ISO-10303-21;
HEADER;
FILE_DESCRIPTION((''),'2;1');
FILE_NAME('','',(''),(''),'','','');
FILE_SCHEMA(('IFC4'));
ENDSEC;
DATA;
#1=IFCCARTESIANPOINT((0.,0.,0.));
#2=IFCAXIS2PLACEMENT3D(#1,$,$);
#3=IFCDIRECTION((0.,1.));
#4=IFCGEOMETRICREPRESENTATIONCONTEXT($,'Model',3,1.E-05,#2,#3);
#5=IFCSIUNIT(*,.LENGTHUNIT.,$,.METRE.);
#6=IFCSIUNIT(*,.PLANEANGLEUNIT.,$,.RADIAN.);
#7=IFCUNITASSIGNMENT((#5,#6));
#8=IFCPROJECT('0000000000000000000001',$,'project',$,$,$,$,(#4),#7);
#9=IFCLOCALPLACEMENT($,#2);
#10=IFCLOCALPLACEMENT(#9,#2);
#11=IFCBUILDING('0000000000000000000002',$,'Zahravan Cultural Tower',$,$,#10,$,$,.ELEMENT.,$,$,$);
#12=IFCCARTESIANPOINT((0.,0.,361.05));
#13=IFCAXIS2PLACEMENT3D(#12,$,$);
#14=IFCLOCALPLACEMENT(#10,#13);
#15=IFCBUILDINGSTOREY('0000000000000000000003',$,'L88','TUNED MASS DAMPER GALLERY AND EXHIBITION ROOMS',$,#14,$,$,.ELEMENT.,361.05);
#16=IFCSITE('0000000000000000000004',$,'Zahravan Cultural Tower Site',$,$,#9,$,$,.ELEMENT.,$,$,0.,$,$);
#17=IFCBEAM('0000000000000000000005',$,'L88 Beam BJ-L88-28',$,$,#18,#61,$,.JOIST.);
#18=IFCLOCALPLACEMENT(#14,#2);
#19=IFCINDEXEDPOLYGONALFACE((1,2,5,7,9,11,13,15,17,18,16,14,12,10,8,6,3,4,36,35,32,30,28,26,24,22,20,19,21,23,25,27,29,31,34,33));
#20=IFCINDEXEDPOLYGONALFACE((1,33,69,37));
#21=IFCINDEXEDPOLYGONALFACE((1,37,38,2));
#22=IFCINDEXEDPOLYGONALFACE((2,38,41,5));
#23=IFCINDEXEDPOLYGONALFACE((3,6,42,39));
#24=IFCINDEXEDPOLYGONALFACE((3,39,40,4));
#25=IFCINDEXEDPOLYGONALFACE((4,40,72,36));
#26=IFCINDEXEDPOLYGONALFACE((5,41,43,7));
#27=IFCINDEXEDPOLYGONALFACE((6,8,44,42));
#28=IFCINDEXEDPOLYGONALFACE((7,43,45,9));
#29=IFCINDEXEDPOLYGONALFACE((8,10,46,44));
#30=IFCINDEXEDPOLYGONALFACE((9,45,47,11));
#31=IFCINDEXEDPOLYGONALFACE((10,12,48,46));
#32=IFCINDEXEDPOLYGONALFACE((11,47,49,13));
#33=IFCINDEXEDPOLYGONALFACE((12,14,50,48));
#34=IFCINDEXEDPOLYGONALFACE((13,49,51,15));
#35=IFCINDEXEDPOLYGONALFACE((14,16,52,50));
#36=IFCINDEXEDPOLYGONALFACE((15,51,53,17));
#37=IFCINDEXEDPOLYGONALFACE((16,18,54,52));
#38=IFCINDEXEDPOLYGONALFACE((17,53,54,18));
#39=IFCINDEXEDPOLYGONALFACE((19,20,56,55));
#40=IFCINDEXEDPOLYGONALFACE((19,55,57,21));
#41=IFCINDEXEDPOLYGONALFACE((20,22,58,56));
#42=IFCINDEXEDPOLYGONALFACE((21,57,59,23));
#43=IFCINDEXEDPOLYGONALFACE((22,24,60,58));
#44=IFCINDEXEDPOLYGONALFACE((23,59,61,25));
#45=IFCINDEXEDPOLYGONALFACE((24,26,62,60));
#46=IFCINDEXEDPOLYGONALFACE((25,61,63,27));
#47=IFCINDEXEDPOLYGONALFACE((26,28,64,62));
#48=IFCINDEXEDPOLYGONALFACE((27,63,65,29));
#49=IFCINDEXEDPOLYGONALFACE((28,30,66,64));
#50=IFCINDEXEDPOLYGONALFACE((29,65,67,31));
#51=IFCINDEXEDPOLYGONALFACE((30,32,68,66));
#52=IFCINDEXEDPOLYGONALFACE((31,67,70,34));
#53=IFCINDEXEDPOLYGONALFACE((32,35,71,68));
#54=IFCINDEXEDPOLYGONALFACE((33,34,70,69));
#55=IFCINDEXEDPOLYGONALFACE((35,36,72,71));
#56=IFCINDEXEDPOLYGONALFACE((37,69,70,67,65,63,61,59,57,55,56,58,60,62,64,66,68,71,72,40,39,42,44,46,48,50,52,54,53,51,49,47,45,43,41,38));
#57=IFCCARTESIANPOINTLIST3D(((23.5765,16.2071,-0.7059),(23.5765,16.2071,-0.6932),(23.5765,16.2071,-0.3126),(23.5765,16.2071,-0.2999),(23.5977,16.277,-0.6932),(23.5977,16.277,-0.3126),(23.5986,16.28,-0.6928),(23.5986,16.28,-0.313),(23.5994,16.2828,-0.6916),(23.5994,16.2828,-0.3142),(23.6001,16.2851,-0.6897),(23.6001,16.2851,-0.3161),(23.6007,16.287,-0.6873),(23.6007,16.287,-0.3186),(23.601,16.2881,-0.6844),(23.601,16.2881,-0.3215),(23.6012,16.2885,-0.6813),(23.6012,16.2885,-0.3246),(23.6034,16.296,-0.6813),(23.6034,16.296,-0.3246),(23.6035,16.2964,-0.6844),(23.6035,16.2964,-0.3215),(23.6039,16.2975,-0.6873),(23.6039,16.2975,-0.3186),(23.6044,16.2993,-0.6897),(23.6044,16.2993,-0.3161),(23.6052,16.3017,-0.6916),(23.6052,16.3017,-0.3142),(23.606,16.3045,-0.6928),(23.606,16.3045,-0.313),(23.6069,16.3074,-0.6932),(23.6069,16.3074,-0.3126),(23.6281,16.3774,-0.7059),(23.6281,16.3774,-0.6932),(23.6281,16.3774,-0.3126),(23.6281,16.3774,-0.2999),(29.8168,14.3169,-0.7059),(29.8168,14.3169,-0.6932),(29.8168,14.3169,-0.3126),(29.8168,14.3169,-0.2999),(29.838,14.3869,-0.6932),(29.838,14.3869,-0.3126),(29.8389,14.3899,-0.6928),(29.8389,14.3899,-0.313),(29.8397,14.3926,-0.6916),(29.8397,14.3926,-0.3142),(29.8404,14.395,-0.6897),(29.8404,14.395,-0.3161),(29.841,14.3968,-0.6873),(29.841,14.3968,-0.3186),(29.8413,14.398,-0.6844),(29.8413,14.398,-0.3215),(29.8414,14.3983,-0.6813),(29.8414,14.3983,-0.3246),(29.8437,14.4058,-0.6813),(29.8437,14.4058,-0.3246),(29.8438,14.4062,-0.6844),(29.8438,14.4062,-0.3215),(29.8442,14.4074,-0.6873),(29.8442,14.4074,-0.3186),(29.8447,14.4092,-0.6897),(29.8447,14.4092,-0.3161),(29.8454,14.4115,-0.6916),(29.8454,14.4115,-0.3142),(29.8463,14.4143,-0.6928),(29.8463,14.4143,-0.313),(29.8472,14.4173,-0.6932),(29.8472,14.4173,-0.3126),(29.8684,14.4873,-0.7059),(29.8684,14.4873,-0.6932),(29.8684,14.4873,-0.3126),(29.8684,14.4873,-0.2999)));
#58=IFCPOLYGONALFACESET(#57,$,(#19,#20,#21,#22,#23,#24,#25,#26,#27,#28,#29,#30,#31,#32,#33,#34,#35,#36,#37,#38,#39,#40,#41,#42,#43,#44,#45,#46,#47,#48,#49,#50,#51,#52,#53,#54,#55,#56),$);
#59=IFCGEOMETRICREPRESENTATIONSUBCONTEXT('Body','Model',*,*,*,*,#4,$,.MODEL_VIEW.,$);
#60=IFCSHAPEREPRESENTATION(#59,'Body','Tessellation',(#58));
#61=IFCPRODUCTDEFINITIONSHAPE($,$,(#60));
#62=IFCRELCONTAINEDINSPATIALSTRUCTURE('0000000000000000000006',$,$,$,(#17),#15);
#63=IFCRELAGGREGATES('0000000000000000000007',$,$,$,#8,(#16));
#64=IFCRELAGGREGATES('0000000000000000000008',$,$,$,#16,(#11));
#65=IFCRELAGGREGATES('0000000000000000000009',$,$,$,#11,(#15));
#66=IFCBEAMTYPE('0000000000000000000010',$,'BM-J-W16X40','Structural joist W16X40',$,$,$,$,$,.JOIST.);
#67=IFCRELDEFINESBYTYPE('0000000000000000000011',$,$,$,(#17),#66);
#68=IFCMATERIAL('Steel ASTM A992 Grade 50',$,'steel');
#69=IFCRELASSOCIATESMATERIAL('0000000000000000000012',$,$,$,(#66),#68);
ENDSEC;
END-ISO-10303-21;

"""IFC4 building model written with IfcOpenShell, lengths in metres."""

from ifc_helpers import new_model, si_unit, direction, frame, origin, origin_2d, place, context, subcontext, project, spatial, i_section, extrude, source, transform, mapped, material, material_profile, profile_set, type_object, element, save


model = new_model("IFC4")

# Units and contexts
model_context = context("Model", 3, precision=1e-05, world=origin(), true_north=direction((0.0, 1.0)))
body_context = subcontext(model_context, "Body", "Model", "MODEL_VIEW")
ifc_project = project(units=[si_unit("LENGTHUNIT", "METRE"), si_unit("PLANEANGLEUNIT", "RADIAN")], contexts=[model_context])

# Site, building, storey
site_placement = place(None, origin())
site = spatial("IfcSite", under=ifc_project, at=site_placement, Name="Zahravan Cultural Tower Site", CompositionType="ELEMENT", RefElevation=0.0)
building_placement = place(site_placement, origin())
building = spatial("IfcBuilding", under=site, at=building_placement, Name="Zahravan Cultural Tower", CompositionType="ELEMENT")
storey_placement = place(building_placement, frame((0.0, 0.0, 361.05)))
storey = spatial("IfcBuildingStorey", under=building, at=storey_placement, Name="L88", Description="TUNED MASS DAMPER GALLERY AND EXHIBITION ROOMS", CompositionType="ELEMENT", Elevation=361.05)

# Beam
ifc_material_1 = material(Name="Steel ASTM A992 Grade 50", Category="steel")
ifc_material_profile_1 = material_profile(ifc_material_1, i_section(OverallWidth=0.178, OverallDepth=0.406, WebThickness=0.0078, FlangeThickness=0.0127, FilletRadius=0.012, at=origin_2d()), Name="W16X40")
ifc_profile_set_1 = profile_set([ifc_material_profile_1], Name="Steel ASTM A992 Grade 50")
beam_type_1 = type_object("IfcBeamType", Name="BM-J-W16X40", Description="Structural joist W16X40", PredefinedType="JOIST", material=ifc_profile_set_1)
shared_shape_1 = source(origin(), body_context, "Body", "SweptSolid", [
    extrude(i_section(OverallWidth=0.178, OverallDepth=0.406, WebThickness=0.0078, FlangeThickness=0.0127, FilletRadius=0.012, at=origin_2d()), origin(), (0.0, 0.0, 1.0), 6.5203),
])
beam_1_placement = place(storey_placement, frame((23.6023, 16.2922, -0.5029), z_axis=(0.95706, -0.289889, 0.0), x_axis=(0.289889, 0.95706, 0.0)))
element("IfcBeam", 1, at=beam_1_placement, inside=storey, type_object=beam_type_1, Name="L88 Beam BJ-L88-28", PredefinedType="JOIST", context=body_context, shape_type="MappedRepresentation", body=[
    mapped(shared_shape_1, transform((0.0, 0.0, 0.0), x_axis=(1.0, 0.0, 0.0), y_axis=(0.0, 1.0, 0.0), z_axis=(0.0, 0.0, 1.0), scale=1.0)),
])

save(model, "model.ifc")
